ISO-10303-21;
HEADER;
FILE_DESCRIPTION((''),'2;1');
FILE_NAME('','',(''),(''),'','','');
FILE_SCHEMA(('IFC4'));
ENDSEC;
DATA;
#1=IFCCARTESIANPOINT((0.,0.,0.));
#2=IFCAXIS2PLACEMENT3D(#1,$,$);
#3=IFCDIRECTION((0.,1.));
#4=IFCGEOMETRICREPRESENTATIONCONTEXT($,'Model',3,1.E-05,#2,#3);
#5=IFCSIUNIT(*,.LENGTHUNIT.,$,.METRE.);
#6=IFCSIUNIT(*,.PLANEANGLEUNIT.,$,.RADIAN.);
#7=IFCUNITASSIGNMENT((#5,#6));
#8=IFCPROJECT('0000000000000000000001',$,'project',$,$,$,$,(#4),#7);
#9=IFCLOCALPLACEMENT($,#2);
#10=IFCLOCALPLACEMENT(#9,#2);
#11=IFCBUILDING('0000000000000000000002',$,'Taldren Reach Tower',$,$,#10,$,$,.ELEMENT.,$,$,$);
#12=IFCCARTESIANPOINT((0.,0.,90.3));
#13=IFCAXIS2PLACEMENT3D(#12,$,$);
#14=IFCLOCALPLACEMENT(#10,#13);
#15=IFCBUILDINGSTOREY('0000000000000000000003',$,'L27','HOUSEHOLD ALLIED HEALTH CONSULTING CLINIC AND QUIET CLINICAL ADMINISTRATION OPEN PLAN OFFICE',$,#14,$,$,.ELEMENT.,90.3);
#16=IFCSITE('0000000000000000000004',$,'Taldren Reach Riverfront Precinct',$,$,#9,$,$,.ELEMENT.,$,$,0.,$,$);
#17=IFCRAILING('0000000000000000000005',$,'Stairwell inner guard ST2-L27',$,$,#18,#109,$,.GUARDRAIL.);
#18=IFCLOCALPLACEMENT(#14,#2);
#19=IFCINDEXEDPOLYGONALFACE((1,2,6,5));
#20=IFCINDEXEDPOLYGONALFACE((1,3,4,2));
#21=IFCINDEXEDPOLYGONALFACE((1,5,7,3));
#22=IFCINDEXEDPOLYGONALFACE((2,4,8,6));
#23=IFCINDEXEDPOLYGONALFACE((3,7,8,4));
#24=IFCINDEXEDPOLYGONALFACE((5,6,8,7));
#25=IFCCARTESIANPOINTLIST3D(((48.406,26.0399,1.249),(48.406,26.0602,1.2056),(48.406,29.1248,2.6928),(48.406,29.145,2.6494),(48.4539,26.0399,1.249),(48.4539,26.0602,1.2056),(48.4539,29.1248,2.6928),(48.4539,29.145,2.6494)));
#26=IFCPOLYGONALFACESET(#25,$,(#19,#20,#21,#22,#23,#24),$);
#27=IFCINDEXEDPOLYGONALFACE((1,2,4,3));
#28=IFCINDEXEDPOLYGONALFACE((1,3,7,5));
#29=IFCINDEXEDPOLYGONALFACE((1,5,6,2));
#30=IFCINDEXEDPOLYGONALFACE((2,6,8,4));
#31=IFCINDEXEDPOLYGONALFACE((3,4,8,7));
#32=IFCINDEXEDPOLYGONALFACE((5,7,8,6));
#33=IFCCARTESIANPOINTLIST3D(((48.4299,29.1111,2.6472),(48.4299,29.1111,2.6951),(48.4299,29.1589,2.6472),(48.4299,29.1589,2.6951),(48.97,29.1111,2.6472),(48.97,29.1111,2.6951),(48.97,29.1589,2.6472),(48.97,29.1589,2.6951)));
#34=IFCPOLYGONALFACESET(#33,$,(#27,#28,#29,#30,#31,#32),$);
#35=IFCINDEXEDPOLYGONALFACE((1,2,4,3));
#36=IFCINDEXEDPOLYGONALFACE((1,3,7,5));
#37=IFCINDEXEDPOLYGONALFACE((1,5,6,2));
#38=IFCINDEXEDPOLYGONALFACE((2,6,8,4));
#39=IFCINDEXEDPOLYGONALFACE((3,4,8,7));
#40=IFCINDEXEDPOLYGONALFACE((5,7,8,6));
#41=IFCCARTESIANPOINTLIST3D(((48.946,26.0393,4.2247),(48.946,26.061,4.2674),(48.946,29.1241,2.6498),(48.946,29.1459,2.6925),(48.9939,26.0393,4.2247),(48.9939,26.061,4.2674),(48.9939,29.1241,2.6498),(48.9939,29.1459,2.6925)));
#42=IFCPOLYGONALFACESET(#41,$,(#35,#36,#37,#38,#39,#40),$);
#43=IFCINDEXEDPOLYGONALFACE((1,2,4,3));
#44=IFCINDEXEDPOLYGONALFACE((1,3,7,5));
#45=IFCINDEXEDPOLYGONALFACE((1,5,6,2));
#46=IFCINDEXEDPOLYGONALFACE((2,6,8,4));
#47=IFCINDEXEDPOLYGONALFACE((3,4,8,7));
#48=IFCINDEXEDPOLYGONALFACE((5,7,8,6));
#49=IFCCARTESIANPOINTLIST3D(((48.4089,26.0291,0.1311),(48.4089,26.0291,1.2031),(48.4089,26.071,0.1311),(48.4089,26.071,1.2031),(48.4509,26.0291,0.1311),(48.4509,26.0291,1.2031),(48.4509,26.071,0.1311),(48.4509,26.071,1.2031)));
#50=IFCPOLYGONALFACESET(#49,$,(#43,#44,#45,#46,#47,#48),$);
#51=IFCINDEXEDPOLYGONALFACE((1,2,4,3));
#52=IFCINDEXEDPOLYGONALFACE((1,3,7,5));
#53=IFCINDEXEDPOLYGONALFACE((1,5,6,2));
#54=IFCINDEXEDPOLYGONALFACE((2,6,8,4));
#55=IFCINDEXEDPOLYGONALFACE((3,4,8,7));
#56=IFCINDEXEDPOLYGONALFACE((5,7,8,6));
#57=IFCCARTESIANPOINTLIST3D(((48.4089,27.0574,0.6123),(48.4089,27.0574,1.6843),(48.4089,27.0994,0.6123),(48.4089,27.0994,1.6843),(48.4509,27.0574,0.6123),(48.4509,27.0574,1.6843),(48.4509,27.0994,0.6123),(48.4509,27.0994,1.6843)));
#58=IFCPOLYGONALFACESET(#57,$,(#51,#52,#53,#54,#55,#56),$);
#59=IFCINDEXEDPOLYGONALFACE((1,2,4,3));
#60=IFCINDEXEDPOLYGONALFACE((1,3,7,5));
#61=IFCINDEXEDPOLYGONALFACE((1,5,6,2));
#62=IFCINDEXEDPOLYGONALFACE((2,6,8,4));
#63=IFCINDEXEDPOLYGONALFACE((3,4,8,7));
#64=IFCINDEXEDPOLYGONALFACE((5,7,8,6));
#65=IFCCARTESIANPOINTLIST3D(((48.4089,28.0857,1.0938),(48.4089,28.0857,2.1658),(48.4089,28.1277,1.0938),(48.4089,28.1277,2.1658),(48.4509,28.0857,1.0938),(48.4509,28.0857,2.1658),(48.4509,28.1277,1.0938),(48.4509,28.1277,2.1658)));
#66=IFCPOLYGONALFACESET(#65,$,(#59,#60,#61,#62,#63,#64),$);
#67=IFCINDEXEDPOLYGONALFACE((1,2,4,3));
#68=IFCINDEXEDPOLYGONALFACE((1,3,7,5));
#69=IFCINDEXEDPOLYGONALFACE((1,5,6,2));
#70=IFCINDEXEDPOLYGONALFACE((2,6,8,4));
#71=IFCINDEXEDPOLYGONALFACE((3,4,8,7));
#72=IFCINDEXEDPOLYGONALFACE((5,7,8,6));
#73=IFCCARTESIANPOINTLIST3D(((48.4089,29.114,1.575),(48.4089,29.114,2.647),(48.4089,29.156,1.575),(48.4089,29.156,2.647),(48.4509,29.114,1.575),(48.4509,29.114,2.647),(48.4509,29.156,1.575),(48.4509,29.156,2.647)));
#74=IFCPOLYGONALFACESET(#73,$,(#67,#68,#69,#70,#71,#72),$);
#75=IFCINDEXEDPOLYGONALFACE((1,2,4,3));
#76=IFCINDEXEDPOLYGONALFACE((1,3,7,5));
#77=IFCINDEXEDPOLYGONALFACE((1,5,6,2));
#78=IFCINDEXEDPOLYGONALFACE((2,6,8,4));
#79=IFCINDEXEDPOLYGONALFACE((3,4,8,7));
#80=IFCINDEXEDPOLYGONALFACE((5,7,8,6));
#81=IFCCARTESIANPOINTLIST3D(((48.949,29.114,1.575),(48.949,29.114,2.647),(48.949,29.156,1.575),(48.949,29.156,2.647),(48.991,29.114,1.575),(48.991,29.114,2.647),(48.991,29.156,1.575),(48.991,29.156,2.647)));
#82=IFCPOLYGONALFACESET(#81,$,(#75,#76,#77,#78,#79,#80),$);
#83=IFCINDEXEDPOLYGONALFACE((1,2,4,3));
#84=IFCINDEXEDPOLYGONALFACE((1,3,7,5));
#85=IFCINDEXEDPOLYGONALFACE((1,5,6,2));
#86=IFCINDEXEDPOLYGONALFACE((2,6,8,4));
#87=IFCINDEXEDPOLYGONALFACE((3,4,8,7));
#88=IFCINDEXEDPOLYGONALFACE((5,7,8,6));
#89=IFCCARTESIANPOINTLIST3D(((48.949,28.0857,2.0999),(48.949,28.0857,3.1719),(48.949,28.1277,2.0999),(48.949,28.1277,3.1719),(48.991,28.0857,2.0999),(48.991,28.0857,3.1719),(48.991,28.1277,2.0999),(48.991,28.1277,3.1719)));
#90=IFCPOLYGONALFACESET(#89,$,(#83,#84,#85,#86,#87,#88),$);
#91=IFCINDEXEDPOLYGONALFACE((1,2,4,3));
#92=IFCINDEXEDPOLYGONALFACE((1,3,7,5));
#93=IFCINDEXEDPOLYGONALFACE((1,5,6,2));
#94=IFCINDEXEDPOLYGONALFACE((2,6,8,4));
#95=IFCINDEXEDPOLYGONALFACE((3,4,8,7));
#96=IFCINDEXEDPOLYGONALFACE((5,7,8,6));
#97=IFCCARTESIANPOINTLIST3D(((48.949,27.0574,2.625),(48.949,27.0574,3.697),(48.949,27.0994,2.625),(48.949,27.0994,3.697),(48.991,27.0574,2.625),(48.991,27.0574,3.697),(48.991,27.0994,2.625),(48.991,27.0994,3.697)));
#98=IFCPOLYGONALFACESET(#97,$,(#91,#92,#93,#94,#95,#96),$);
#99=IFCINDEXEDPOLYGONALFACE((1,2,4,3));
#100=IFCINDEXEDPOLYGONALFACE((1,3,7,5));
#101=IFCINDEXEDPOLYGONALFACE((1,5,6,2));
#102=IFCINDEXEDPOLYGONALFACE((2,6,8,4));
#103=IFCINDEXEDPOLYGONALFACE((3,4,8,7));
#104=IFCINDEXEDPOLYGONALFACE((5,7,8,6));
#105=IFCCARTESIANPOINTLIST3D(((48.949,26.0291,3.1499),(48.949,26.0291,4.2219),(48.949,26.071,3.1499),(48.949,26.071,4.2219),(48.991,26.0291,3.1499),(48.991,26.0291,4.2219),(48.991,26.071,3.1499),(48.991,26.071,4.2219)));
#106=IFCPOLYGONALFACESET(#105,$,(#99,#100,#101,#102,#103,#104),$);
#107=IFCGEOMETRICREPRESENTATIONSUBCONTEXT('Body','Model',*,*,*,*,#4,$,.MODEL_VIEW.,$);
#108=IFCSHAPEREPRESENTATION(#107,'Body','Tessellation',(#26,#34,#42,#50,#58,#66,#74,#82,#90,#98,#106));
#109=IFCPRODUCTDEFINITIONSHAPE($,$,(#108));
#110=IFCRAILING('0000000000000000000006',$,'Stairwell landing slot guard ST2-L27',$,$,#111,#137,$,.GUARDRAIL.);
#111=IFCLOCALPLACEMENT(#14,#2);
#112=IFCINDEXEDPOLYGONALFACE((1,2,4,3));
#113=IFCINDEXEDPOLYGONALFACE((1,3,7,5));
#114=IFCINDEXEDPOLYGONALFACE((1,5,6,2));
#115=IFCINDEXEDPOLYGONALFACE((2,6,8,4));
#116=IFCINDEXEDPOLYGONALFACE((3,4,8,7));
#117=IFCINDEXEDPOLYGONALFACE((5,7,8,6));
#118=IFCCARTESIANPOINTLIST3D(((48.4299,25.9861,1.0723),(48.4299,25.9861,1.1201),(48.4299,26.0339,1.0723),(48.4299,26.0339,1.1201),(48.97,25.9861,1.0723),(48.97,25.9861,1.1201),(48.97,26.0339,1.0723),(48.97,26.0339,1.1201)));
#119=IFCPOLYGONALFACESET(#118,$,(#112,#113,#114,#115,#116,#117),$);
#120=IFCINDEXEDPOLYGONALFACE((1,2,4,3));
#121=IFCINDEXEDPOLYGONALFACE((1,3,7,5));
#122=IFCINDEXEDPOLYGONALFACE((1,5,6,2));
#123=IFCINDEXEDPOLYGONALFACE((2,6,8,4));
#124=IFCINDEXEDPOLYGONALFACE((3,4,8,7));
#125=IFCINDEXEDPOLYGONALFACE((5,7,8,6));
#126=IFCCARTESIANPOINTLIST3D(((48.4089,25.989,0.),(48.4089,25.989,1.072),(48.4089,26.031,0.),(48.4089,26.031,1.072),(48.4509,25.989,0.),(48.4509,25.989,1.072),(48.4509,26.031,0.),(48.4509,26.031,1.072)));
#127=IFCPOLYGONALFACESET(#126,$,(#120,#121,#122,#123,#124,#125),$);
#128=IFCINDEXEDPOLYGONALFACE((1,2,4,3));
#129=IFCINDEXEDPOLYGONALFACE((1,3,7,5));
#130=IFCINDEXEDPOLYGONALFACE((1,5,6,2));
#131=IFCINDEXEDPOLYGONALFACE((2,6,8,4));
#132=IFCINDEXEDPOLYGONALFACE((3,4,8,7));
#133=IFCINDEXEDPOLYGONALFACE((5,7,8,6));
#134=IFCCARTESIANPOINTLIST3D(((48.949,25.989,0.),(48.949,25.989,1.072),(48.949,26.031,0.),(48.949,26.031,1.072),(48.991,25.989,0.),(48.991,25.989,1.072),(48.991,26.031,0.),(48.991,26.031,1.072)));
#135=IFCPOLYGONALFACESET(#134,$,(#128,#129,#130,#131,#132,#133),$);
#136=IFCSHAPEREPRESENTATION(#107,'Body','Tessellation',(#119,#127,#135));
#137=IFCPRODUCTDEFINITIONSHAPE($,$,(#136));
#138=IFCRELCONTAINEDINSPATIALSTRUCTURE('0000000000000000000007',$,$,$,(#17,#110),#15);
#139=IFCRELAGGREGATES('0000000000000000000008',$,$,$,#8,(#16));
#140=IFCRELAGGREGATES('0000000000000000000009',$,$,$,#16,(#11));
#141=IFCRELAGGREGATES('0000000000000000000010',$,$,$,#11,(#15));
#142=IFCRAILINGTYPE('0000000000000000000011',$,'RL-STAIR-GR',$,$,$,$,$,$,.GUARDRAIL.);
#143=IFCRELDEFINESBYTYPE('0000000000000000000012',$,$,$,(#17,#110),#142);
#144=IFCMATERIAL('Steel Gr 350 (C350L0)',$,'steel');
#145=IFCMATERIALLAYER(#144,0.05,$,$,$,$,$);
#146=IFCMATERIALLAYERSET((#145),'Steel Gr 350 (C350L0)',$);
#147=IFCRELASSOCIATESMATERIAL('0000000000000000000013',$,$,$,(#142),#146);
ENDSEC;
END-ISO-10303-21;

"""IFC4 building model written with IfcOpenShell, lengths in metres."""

from ifc_helpers import new_model, si_unit, direction, frame, origin, origin_2d, place, context, subcontext, project, spatial, rectangle, extrude, material, layer, layer_set, type_object, element, save


model = new_model("IFC4")

# Units and contexts
model_context = context("Model", 3, precision=1e-05, world=origin(), true_north=direction((0.0, 1.0)))
body_context = subcontext(model_context, "Body", "Model", "MODEL_VIEW")
ifc_project = project(units=[si_unit("LENGTHUNIT", "METRE"), si_unit("PLANEANGLEUNIT", "RADIAN")], contexts=[model_context])

# Site, building, storey
site_placement = place(None, origin())
site = spatial("IfcSite", under=ifc_project, at=site_placement, Name="Taldren Reach Riverfront Precinct", CompositionType="ELEMENT", RefElevation=0.0)
building_placement = place(site_placement, origin())
building = spatial("IfcBuilding", under=site, at=building_placement, Name="Taldren Reach Tower", CompositionType="ELEMENT")
storey_placement = place(building_placement, frame((0.0, 0.0, 90.3)))
storey = spatial("IfcBuildingStorey", under=building, at=storey_placement, Name="L27", Description="HOUSEHOLD ALLIED HEALTH CONSULTING CLINIC AND QUIET CLINICAL ADMINISTRATION OPEN PLAN OFFICE", CompositionType="ELEMENT", Elevation=90.3)

# Shared definitions
ifc_material_1 = material(Name="Steel Gr 350 (C350L0)", Category="steel")

# Railings
ifc_layer_1 = layer(ifc_material_1, 0.05)
ifc_layer_set_1 = layer_set([ifc_layer_1], Name="Steel Gr 350 (C350L0)")
railing_type_1 = type_object("IfcRailingType", Name="RL-STAIR-GR", PredefinedType="GUARDRAIL", material=ifc_layer_set_1)
railing_1_placement = place(storey_placement, frame((48.4299, 26.05, 0.1311)))
element("IfcRailing", 1, at=railing_1_placement, inside=storey, type_object=railing_type_1, Name="Stairwell inner guard ST2-L27", PredefinedType="GUARDRAIL", context=body_context, shape_type="SweptSolid", body=[
    extrude(rectangle(XDim=0.0479, YDim=0.0479, at=origin_2d()), frame((0.0, 0.0, 1.0962), z_axis=(0.0, 0.90571, 0.423898), x_axis=(-1.0, 0.0, 0.0)), (0.0, 0.0, 1.0), 3.406),
    extrude(rectangle(XDim=0.0479, YDim=0.0479, at=origin_2d()), frame((0.0, 3.085, 2.54), z_axis=(1.0, 0.0, 0.0), x_axis=(0.0, 1.0, 0.0)), (0.0, 0.0, 1.0), 0.54),
    extrude(rectangle(XDim=0.0479, YDim=0.0479, at=origin_2d()), frame((0.54, 3.085, 2.54), z_axis=(0.0, -0.890646, 0.454697), x_axis=(1.0, 0.0, 0.0)), (0.0, 0.0, 1.0), 3.4636),
    extrude(rectangle(XDim=0.042, YDim=0.042, at=origin_2d()), origin(), (0.0, 0.0, 1.0), 1.072),
    extrude(rectangle(XDim=0.042, YDim=0.042, at=origin_2d()), frame((0.0, 1.0283, 0.4812)), (0.0, 0.0, 1.0), 1.072),
    extrude(rectangle(XDim=0.042, YDim=0.042, at=origin_2d()), frame((0.0, 2.0566, 0.9626)), (0.0, 0.0, 1.0), 1.072),
    extrude(rectangle(XDim=0.042, YDim=0.042, at=origin_2d()), frame((0.0, 3.085, 1.4438)), (0.0, 0.0, 1.0), 1.072),
    extrude(rectangle(XDim=0.042, YDim=0.042, at=origin_2d()), frame((0.54, 3.085, 1.4438)), (0.0, 0.0, 1.0), 1.072),
    extrude(rectangle(XDim=0.042, YDim=0.042, at=origin_2d()), frame((0.54, 2.0566, 1.9688)), (0.0, 0.0, 1.0), 1.072),
    extrude(rectangle(XDim=0.042, YDim=0.042, at=origin_2d()), frame((0.54, 1.0283, 2.4939)), (0.0, 0.0, 1.0), 1.072),
    extrude(rectangle(XDim=0.042, YDim=0.042, at=origin_2d()), frame((0.54, 0.0, 3.0188)), (0.0, 0.0, 1.0), 1.072),
])
railing_2_placement = place(storey_placement, frame((48.4299, 26.01, 0.0)))
element("IfcRailing", 2, at=railing_2_placement, inside=storey, type_object=railing_type_1, Name="Stairwell landing slot guard ST2-L27", PredefinedType="GUARDRAIL", context=body_context, shape_type="SweptSolid", body=[
    extrude(rectangle(XDim=0.0479, YDim=0.0479, at=origin_2d()), frame((0.0, 0.0, 1.0962), z_axis=(1.0, 0.0, 0.0), x_axis=(0.0, 1.0, 0.0)), (0.0, 0.0, 1.0), 0.54),
    extrude(rectangle(XDim=0.042, YDim=0.042, at=origin_2d()), origin(), (0.0, 0.0, 1.0), 1.072),
    extrude(rectangle(XDim=0.042, YDim=0.042, at=origin_2d()), frame((0.54, 0.0, 0.0)), (0.0, 0.0, 1.0), 1.072),
])

save(model, "model.ifc")
